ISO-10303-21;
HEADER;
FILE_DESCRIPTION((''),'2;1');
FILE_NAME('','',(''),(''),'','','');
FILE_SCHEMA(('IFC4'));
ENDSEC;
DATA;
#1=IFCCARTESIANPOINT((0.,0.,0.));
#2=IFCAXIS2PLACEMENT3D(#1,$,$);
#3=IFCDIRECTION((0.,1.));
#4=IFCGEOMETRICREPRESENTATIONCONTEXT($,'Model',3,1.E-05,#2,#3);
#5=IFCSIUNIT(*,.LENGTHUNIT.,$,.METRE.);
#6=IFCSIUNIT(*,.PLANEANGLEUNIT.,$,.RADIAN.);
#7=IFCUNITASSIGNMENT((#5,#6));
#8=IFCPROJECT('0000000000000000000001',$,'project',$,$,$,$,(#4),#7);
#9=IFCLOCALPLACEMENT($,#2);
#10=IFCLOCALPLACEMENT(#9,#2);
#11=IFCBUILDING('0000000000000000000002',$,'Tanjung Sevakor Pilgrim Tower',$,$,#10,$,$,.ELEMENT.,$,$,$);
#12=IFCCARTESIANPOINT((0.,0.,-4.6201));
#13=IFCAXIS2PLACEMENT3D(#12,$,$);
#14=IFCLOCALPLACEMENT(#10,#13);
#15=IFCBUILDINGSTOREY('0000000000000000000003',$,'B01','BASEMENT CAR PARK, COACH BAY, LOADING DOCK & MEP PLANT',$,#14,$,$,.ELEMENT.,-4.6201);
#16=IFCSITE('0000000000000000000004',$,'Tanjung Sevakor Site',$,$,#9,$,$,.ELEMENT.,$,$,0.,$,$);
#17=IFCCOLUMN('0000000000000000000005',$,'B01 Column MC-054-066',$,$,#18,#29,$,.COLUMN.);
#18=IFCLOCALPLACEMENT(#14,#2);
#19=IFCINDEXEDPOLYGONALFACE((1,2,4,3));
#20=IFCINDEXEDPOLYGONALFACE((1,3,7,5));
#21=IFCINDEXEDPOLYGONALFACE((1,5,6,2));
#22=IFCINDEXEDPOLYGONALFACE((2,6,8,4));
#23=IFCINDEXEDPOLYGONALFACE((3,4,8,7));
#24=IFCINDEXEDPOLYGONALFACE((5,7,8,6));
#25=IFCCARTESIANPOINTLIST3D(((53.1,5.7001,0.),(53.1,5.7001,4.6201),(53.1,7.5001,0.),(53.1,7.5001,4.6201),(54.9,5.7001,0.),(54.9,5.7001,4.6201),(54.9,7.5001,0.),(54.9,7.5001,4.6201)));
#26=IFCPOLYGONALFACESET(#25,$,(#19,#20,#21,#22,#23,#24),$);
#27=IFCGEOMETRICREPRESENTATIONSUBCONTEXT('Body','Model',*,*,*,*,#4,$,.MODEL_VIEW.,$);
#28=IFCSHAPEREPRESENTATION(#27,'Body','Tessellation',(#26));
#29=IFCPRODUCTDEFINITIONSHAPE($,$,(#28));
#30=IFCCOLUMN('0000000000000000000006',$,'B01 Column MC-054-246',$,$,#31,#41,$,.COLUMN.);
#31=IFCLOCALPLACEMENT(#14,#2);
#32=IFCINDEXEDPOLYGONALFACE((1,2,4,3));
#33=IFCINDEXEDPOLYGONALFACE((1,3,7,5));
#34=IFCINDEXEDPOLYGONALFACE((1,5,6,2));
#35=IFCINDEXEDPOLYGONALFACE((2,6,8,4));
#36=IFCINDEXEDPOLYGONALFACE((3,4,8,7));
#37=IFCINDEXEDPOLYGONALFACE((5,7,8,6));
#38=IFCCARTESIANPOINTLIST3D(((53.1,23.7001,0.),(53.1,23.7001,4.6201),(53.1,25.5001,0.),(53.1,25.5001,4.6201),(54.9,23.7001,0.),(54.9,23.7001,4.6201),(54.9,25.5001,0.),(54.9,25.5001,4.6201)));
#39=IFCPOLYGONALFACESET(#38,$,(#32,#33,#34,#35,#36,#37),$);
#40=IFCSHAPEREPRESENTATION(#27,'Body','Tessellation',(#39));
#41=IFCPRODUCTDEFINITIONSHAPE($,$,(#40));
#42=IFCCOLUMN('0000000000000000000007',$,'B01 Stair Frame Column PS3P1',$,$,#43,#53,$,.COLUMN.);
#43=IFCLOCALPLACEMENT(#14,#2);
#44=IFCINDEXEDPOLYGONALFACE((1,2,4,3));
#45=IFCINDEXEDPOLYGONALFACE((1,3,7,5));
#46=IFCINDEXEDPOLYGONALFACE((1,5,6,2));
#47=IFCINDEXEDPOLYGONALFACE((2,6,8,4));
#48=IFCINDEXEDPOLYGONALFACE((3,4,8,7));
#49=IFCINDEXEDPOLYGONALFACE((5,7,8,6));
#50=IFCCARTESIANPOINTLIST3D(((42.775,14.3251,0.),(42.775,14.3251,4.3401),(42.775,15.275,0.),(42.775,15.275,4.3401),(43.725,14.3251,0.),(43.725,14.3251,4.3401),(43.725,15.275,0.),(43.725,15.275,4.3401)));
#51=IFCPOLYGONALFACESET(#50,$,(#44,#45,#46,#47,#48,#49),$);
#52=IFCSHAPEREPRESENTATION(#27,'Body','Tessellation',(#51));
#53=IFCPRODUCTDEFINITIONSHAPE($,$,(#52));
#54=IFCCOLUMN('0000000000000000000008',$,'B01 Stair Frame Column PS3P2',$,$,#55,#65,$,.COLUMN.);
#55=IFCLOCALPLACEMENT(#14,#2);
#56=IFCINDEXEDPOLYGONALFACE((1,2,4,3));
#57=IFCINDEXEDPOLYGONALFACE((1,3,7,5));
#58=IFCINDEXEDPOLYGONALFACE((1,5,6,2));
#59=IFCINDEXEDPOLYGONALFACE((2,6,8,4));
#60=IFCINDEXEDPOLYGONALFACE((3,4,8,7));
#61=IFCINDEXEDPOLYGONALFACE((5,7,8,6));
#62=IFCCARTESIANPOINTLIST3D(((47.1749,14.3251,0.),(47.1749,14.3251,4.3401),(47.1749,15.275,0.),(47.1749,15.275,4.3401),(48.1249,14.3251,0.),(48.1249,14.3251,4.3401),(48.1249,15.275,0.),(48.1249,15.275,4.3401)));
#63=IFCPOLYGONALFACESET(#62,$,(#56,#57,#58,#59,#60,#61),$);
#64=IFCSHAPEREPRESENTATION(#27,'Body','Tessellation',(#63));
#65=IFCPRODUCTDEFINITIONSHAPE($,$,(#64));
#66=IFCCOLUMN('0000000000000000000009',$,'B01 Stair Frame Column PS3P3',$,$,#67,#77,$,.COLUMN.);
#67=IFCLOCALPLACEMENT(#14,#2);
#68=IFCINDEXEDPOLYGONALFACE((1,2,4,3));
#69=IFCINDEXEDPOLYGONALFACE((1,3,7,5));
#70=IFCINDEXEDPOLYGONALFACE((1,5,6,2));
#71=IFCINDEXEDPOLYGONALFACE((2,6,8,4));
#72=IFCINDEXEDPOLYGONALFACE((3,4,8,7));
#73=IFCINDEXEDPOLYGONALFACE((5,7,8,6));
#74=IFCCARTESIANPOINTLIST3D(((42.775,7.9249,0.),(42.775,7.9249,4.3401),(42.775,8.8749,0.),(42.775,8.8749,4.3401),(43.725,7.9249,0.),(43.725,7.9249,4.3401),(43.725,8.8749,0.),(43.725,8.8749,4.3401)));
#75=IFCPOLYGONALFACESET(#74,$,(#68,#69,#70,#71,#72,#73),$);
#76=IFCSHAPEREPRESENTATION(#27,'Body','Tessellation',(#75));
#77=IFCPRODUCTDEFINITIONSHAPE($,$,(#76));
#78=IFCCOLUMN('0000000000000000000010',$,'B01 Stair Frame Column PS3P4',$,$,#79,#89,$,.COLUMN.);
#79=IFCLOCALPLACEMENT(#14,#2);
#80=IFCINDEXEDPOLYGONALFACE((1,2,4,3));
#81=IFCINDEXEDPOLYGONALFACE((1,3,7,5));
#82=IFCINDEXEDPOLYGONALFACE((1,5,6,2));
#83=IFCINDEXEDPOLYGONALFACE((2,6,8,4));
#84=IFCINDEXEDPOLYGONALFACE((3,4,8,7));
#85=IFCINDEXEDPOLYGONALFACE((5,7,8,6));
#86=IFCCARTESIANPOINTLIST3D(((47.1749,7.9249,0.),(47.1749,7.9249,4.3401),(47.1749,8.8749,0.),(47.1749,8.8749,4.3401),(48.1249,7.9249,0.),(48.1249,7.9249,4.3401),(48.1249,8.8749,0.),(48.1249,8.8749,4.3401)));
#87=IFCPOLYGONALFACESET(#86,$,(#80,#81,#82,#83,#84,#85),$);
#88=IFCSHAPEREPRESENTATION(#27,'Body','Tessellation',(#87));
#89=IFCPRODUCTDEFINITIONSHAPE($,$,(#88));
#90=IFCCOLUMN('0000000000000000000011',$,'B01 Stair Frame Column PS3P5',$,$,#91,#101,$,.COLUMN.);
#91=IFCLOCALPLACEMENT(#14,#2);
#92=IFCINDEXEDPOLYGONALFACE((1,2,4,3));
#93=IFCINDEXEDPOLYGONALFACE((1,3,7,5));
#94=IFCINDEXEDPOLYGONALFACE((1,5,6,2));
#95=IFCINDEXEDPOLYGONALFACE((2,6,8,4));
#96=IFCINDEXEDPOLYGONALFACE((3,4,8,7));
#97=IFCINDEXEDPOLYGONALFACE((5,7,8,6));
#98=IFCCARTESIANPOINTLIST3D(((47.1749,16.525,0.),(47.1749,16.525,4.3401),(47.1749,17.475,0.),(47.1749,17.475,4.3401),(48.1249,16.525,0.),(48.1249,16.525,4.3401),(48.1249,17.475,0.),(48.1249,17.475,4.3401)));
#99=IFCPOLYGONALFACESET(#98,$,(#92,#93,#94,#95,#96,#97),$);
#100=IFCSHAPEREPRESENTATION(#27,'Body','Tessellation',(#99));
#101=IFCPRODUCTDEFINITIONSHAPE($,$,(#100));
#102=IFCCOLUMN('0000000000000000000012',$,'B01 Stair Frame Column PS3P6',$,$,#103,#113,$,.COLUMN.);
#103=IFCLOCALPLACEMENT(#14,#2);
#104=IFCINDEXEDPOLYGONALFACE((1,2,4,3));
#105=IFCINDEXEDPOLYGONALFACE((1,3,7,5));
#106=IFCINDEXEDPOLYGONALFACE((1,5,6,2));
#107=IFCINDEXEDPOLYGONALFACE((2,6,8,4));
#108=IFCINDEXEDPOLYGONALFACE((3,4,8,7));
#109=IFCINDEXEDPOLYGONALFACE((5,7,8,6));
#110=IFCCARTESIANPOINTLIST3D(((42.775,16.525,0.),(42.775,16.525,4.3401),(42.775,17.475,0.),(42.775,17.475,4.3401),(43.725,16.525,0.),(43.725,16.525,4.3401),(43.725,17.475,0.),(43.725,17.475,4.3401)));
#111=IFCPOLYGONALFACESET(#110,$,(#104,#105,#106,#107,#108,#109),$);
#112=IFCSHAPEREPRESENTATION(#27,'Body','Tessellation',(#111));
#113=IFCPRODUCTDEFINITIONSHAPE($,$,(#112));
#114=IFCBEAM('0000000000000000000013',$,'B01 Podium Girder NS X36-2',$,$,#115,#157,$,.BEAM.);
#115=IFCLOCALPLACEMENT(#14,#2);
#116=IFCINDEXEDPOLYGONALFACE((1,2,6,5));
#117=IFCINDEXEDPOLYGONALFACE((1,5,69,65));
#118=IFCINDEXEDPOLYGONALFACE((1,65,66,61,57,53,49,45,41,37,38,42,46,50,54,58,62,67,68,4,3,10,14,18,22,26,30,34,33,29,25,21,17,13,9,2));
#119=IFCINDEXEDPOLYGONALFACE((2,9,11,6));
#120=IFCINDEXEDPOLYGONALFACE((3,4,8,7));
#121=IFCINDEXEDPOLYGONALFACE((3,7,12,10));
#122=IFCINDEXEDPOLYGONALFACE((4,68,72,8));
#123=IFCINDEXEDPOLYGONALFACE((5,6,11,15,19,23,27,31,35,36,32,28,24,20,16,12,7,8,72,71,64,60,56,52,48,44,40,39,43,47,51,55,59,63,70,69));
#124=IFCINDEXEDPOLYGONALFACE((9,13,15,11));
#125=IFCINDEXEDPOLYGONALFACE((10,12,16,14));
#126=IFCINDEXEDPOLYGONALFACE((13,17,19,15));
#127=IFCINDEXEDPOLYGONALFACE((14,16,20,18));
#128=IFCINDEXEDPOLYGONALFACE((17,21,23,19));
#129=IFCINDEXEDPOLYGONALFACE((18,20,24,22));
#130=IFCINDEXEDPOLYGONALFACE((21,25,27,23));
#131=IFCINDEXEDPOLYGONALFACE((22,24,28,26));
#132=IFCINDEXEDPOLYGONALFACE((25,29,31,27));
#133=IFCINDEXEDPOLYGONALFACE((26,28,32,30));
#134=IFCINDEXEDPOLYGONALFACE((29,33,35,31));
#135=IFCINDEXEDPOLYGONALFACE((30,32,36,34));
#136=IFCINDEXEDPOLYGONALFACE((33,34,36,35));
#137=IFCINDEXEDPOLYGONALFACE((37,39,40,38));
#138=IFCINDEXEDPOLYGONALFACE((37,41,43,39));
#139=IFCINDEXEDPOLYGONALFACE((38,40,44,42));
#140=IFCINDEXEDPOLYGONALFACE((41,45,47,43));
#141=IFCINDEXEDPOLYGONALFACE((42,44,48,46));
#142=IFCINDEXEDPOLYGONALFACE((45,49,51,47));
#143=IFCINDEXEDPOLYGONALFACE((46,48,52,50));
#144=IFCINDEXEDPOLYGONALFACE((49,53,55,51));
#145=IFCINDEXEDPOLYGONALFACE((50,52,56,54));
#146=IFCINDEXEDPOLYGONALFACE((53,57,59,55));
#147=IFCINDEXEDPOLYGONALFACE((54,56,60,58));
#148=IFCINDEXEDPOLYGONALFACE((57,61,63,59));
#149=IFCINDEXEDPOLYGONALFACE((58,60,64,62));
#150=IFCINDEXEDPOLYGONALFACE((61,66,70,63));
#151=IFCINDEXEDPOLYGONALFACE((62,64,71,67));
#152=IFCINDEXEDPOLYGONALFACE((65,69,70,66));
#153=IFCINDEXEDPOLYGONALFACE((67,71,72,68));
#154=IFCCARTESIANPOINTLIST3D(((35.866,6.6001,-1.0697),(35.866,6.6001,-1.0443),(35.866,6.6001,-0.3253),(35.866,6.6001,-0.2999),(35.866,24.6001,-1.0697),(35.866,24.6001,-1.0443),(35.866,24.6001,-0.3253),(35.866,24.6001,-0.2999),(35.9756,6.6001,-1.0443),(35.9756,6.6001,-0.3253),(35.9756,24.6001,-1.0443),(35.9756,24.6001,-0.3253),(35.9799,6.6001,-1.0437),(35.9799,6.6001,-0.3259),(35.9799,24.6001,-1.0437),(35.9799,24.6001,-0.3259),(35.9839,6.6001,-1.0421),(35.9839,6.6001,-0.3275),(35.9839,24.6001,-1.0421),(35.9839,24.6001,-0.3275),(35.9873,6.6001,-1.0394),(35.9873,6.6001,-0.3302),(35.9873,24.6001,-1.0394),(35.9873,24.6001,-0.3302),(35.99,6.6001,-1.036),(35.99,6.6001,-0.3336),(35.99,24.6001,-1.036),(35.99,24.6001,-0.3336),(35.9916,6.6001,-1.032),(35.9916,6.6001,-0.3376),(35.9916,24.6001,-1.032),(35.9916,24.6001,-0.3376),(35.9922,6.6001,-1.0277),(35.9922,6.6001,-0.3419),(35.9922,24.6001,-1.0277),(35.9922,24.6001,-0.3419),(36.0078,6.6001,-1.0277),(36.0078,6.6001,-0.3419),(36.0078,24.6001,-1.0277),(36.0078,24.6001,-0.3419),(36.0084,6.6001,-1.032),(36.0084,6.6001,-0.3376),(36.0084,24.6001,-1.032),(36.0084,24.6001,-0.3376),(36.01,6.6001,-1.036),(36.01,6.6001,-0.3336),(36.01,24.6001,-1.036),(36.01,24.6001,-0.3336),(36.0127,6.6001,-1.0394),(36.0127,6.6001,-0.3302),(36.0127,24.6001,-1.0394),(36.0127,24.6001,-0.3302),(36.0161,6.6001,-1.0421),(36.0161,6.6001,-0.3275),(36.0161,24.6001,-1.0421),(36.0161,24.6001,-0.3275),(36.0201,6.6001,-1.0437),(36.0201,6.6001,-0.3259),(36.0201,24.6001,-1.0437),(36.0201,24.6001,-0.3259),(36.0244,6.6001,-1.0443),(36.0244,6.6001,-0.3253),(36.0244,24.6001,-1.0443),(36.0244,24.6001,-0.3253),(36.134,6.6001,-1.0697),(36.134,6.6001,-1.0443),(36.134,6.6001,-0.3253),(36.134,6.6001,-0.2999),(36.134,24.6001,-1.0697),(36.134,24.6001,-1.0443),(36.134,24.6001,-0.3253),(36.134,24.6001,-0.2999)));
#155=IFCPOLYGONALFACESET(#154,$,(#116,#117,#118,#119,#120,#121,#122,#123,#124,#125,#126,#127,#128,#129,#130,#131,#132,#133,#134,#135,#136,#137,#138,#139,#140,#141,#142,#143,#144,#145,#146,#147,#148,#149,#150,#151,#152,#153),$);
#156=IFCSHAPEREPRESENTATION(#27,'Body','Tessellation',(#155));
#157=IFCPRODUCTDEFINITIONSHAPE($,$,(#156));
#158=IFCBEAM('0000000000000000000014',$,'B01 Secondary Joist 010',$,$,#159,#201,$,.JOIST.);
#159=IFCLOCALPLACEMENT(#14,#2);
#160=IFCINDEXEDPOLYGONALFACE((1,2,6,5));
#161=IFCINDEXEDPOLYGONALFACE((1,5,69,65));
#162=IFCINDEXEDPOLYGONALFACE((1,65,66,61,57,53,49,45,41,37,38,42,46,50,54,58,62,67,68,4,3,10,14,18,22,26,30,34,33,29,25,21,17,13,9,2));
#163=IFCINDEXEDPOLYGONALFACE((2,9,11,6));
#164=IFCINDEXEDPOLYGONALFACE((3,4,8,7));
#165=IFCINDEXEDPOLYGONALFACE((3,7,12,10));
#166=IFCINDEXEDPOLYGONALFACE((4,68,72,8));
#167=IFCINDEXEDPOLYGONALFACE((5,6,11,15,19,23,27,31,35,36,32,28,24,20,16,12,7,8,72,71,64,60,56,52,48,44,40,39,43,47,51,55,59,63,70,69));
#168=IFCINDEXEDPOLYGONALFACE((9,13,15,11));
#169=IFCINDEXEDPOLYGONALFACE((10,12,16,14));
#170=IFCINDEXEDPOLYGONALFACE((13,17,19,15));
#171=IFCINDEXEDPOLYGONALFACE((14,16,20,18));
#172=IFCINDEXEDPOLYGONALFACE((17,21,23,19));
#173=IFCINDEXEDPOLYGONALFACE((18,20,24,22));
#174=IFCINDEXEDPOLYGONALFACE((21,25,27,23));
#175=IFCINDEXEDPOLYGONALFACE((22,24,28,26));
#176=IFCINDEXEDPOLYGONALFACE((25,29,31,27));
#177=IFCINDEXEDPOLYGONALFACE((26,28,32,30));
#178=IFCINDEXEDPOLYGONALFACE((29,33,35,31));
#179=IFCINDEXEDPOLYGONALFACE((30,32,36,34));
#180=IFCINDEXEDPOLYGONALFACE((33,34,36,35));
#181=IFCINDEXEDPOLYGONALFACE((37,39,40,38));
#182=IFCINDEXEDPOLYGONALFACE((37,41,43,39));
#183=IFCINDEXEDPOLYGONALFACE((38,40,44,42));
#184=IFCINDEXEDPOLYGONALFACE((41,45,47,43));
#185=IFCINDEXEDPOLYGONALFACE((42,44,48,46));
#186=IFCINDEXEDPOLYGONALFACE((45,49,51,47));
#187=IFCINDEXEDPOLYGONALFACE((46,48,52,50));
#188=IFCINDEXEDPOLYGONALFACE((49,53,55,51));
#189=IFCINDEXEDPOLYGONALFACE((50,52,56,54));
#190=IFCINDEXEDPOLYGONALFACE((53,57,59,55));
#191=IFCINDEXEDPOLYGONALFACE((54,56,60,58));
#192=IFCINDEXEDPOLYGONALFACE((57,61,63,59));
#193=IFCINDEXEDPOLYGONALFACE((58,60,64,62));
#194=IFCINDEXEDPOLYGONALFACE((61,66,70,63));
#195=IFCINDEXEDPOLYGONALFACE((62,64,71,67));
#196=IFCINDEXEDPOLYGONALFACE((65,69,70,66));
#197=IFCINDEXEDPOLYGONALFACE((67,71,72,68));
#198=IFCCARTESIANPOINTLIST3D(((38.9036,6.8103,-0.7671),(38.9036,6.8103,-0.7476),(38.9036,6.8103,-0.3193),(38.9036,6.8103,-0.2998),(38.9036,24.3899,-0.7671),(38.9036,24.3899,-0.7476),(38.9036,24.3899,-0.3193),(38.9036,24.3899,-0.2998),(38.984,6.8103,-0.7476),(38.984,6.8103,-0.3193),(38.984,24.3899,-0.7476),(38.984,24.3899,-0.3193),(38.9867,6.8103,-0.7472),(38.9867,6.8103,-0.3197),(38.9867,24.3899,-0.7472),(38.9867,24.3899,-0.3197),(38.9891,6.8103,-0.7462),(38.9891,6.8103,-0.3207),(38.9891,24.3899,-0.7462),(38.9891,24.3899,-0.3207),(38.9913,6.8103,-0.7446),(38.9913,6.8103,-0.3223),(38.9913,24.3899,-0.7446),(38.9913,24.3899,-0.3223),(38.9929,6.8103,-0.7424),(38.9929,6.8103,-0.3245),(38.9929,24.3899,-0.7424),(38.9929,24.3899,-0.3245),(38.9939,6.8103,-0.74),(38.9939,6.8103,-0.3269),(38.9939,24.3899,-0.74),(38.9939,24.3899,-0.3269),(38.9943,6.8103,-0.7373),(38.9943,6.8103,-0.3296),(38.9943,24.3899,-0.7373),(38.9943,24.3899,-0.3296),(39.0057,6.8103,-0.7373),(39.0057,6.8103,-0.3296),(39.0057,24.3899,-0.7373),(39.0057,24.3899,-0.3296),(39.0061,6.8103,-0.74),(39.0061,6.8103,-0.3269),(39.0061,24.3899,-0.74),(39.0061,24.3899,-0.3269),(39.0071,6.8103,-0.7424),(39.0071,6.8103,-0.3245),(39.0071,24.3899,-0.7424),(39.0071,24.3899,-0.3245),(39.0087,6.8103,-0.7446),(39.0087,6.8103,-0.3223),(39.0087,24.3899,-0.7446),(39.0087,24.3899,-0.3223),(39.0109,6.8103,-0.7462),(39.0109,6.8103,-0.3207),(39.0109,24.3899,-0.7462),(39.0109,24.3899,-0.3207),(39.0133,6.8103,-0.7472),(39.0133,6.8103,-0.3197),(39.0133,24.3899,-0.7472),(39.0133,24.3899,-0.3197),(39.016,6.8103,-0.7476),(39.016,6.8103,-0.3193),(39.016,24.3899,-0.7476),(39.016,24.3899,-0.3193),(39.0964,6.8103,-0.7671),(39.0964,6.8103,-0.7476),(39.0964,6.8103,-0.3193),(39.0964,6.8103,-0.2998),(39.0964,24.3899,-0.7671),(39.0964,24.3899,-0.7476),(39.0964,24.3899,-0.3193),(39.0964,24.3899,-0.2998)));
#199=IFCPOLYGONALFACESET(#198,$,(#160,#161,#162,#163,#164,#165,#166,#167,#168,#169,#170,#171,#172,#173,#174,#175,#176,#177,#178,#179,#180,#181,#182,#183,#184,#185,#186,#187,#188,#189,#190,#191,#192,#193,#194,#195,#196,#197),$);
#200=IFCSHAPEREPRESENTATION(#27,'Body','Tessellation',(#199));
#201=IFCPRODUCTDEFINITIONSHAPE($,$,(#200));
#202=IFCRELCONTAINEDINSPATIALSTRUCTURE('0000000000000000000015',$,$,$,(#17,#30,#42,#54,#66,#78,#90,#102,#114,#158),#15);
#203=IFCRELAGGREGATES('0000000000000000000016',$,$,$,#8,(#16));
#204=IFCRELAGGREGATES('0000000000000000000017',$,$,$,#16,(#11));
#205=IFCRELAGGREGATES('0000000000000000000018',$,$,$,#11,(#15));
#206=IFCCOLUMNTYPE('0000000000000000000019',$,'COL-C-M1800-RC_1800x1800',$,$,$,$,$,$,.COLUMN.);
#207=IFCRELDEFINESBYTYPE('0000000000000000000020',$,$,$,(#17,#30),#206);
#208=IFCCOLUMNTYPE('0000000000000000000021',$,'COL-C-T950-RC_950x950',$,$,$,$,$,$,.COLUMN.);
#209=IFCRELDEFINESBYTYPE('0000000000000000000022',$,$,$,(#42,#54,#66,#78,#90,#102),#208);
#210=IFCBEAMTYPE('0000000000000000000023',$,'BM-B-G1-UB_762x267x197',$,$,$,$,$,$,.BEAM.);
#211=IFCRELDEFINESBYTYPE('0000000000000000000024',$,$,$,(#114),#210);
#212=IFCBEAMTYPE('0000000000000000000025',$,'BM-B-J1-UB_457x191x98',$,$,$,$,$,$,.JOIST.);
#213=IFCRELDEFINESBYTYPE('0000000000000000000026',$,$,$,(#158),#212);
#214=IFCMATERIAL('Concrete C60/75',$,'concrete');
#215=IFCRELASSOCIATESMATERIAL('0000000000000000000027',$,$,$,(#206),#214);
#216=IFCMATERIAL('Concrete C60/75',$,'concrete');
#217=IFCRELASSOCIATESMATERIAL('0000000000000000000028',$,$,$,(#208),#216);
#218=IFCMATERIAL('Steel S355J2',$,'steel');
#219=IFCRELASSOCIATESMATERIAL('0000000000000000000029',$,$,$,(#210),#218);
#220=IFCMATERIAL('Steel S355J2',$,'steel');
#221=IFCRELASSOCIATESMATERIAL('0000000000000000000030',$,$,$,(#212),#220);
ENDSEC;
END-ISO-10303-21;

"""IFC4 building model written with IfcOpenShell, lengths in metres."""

from ifc_helpers import new_model, si_unit, direction, frame, origin, origin_2d, place, context, subcontext, project, spatial, rectangle, i_section, extrude, material, material_profile, profile_set, type_object, element, save


model = new_model("IFC4")

# Units and contexts
model_context = context("Model", 3, precision=1e-05, world=origin(), true_north=direction((0.0, 1.0)))
body_context = subcontext(model_context, "Body", "Model", "MODEL_VIEW")
ifc_project = project(units=[si_unit("LENGTHUNIT", "METRE"), si_unit("PLANEANGLEUNIT", "RADIAN")], contexts=[model_context])

# Site, building, storey
site_placement = place(None, origin())
site = spatial("IfcSite", under=ifc_project, at=site_placement, Name="Tanjung Sevakor Site", CompositionType="ELEMENT", RefElevation=0.0)
building_placement = place(site_placement, origin())
building = spatial("IfcBuilding", under=site, at=building_placement, Name="Tanjung Sevakor Pilgrim Tower", CompositionType="ELEMENT")
storey_placement = place(building_placement, frame((0.0, 0.0, -4.6201)))
storey = spatial("IfcBuildingStorey", under=building, at=storey_placement, Name="B01", Description="BASEMENT CAR PARK, COACH BAY, LOADING DOCK & MEP PLANT", CompositionType="ELEMENT", Elevation=-4.6201)

# Columns
ifc_material_1 = material(Name="Concrete C60/75", Category="concrete")
ifc_material_profile_1 = material_profile(ifc_material_1, rectangle(XDim=1.8, YDim=1.8, at=origin_2d()))
ifc_profile_set_1 = profile_set([ifc_material_profile_1], Name="Concrete C60/75")
column_type_1 = type_object("IfcColumnType", Name="COL-C-M1800-RC_1800x1800", PredefinedType="COLUMN", material=ifc_profile_set_1)
for number, where, z_axis, x_axis, name in (
    (1, (54.0, 6.6001, 0.0), (0.0, 0.0, 1.0), (1.0, 0.0, 0.0), "B01 Column MC-054-066"),
    (2, (54.0, 24.6001, 0.0), (0.0, 0.0, 1.0), (1.0, 0.0, 0.0), "B01 Column MC-054-246"),
):
    element("IfcColumn", number, at=place(storey_placement, frame(where, z_axis=z_axis, x_axis=x_axis)), inside=storey, type_object=column_type_1, Name=name, PredefinedType="COLUMN", context=body_context, shape_type="SweptSolid", body=[
        extrude(rectangle(XDim=1.8, YDim=1.8, at=origin_2d()), origin(), (0.0, 0.0, 1.0), 4.6201),
    ])
ifc_material_2 = material(Name="Concrete C60/75", Category="concrete")
ifc_material_profile_2 = material_profile(ifc_material_2, rectangle(XDim=0.95, YDim=0.95, at=origin_2d()))
ifc_profile_set_2 = profile_set([ifc_material_profile_2], Name="Concrete C60/75")
column_type_2 = type_object("IfcColumnType", Name="COL-C-T950-RC_950x950", PredefinedType="COLUMN", material=ifc_profile_set_2)
for number, where, z_axis, x_axis, name in (
    (3, (43.25, 14.8, 0.0), (0.0, 0.0, 1.0), (1.0, 0.0, 0.0), "B01 Stair Frame Column PS3P1"),
    (4, (47.6499, 14.8, 0.0), (0.0, 0.0, 1.0), (1.0, 0.0, 0.0), "B01 Stair Frame Column PS3P2"),
    (5, (43.25, 8.3999, 0.0), (0.0, 0.0, 1.0), (1.0, 0.0, 0.0), "B01 Stair Frame Column PS3P3"),
    (6, (47.6499, 8.3999, 0.0), (0.0, 0.0, 1.0), (1.0, 0.0, 0.0), "B01 Stair Frame Column PS3P4"),
    (7, (47.6499, 17.0, 0.0), (0.0, 0.0, 1.0), (1.0, 0.0, 0.0), "B01 Stair Frame Column PS3P5"),
    (8, (43.25, 17.0, 0.0), (0.0, 0.0, 1.0), (1.0, 0.0, 0.0), "B01 Stair Frame Column PS3P6"),
):
    element("IfcColumn", number, at=place(storey_placement, frame(where, z_axis=z_axis, x_axis=x_axis)), inside=storey, type_object=column_type_2, Name=name, PredefinedType="COLUMN", context=body_context, shape_type="SweptSolid", body=[
        extrude(rectangle(XDim=0.95, YDim=0.95, at=origin_2d()), origin(), (0.0, 0.0, 1.0), 4.3401),
    ])

# Beams
ifc_material_3 = material(Name="Steel S355J2", Category="steel")
ifc_material_profile_3 = material_profile(ifc_material_3, i_section(OverallWidth=0.2681, OverallDepth=0.7698, WebThickness=0.0156, FlangeThickness=0.0254, FilletRadius=0.0166, at=origin_2d()))
ifc_profile_set_3 = profile_set([ifc_material_profile_3], Name="Steel S355J2")
beam_type_1 = type_object("IfcBeamType", Name="BM-B-G1-UB_762x267x197", PredefinedType="BEAM", material=ifc_profile_set_3)
beam_1_placement = place(storey_placement, frame((36.0, 6.6001, -0.6848), z_axis=(0.0, 1.0, 0.0), x_axis=(-1.0, 0.0, 0.0)))
element("IfcBeam", 9, at=beam_1_placement, inside=storey, type_object=beam_type_1, Name="B01 Podium Girder NS X36-2", PredefinedType="BEAM", context=body_context, shape_type="SweptSolid", body=[
    extrude(i_section(OverallWidth=0.2681, OverallDepth=0.7698, WebThickness=0.0156, FlangeThickness=0.0254, FilletRadius=0.0166, at=origin_2d()), origin(), (0.0, 0.0, 1.0), 18.0),
])
ifc_material_4 = material(Name="Steel S355J2", Category="steel")
ifc_material_profile_4 = material_profile(ifc_material_4, i_section(OverallWidth=0.1929, OverallDepth=0.4673, WebThickness=0.0115, FlangeThickness=0.0195, FilletRadius=0.0103, at=origin_2d()))
ifc_profile_set_4 = profile_set([ifc_material_profile_4], Name="Steel S355J2")
beam_type_2 = type_object("IfcBeamType", Name="BM-B-J1-UB_457x191x98", PredefinedType="JOIST", material=ifc_profile_set_4)
for number, where, z_axis, x_axis, name in (
    (10, (39.0, 6.8103, -0.5334), (0.0, 1.0, 0.0), (-1.0, 0.0, 0.0), "B01 Secondary Joist 010"),
):
    element("IfcBeam", number, at=place(storey_placement, frame(where, z_axis=z_axis, x_axis=x_axis)), inside=storey, type_object=beam_type_2, Name=name, PredefinedType="JOIST", context=body_context, shape_type="SweptSolid", body=[
        extrude(i_section(OverallWidth=0.1929, OverallDepth=0.4673, WebThickness=0.0115, FlangeThickness=0.0195, FilletRadius=0.0103, at=origin_2d()), origin(), (0.0, 0.0, 1.0), 17.5796),
    ])

save(model, "model.ifc")
